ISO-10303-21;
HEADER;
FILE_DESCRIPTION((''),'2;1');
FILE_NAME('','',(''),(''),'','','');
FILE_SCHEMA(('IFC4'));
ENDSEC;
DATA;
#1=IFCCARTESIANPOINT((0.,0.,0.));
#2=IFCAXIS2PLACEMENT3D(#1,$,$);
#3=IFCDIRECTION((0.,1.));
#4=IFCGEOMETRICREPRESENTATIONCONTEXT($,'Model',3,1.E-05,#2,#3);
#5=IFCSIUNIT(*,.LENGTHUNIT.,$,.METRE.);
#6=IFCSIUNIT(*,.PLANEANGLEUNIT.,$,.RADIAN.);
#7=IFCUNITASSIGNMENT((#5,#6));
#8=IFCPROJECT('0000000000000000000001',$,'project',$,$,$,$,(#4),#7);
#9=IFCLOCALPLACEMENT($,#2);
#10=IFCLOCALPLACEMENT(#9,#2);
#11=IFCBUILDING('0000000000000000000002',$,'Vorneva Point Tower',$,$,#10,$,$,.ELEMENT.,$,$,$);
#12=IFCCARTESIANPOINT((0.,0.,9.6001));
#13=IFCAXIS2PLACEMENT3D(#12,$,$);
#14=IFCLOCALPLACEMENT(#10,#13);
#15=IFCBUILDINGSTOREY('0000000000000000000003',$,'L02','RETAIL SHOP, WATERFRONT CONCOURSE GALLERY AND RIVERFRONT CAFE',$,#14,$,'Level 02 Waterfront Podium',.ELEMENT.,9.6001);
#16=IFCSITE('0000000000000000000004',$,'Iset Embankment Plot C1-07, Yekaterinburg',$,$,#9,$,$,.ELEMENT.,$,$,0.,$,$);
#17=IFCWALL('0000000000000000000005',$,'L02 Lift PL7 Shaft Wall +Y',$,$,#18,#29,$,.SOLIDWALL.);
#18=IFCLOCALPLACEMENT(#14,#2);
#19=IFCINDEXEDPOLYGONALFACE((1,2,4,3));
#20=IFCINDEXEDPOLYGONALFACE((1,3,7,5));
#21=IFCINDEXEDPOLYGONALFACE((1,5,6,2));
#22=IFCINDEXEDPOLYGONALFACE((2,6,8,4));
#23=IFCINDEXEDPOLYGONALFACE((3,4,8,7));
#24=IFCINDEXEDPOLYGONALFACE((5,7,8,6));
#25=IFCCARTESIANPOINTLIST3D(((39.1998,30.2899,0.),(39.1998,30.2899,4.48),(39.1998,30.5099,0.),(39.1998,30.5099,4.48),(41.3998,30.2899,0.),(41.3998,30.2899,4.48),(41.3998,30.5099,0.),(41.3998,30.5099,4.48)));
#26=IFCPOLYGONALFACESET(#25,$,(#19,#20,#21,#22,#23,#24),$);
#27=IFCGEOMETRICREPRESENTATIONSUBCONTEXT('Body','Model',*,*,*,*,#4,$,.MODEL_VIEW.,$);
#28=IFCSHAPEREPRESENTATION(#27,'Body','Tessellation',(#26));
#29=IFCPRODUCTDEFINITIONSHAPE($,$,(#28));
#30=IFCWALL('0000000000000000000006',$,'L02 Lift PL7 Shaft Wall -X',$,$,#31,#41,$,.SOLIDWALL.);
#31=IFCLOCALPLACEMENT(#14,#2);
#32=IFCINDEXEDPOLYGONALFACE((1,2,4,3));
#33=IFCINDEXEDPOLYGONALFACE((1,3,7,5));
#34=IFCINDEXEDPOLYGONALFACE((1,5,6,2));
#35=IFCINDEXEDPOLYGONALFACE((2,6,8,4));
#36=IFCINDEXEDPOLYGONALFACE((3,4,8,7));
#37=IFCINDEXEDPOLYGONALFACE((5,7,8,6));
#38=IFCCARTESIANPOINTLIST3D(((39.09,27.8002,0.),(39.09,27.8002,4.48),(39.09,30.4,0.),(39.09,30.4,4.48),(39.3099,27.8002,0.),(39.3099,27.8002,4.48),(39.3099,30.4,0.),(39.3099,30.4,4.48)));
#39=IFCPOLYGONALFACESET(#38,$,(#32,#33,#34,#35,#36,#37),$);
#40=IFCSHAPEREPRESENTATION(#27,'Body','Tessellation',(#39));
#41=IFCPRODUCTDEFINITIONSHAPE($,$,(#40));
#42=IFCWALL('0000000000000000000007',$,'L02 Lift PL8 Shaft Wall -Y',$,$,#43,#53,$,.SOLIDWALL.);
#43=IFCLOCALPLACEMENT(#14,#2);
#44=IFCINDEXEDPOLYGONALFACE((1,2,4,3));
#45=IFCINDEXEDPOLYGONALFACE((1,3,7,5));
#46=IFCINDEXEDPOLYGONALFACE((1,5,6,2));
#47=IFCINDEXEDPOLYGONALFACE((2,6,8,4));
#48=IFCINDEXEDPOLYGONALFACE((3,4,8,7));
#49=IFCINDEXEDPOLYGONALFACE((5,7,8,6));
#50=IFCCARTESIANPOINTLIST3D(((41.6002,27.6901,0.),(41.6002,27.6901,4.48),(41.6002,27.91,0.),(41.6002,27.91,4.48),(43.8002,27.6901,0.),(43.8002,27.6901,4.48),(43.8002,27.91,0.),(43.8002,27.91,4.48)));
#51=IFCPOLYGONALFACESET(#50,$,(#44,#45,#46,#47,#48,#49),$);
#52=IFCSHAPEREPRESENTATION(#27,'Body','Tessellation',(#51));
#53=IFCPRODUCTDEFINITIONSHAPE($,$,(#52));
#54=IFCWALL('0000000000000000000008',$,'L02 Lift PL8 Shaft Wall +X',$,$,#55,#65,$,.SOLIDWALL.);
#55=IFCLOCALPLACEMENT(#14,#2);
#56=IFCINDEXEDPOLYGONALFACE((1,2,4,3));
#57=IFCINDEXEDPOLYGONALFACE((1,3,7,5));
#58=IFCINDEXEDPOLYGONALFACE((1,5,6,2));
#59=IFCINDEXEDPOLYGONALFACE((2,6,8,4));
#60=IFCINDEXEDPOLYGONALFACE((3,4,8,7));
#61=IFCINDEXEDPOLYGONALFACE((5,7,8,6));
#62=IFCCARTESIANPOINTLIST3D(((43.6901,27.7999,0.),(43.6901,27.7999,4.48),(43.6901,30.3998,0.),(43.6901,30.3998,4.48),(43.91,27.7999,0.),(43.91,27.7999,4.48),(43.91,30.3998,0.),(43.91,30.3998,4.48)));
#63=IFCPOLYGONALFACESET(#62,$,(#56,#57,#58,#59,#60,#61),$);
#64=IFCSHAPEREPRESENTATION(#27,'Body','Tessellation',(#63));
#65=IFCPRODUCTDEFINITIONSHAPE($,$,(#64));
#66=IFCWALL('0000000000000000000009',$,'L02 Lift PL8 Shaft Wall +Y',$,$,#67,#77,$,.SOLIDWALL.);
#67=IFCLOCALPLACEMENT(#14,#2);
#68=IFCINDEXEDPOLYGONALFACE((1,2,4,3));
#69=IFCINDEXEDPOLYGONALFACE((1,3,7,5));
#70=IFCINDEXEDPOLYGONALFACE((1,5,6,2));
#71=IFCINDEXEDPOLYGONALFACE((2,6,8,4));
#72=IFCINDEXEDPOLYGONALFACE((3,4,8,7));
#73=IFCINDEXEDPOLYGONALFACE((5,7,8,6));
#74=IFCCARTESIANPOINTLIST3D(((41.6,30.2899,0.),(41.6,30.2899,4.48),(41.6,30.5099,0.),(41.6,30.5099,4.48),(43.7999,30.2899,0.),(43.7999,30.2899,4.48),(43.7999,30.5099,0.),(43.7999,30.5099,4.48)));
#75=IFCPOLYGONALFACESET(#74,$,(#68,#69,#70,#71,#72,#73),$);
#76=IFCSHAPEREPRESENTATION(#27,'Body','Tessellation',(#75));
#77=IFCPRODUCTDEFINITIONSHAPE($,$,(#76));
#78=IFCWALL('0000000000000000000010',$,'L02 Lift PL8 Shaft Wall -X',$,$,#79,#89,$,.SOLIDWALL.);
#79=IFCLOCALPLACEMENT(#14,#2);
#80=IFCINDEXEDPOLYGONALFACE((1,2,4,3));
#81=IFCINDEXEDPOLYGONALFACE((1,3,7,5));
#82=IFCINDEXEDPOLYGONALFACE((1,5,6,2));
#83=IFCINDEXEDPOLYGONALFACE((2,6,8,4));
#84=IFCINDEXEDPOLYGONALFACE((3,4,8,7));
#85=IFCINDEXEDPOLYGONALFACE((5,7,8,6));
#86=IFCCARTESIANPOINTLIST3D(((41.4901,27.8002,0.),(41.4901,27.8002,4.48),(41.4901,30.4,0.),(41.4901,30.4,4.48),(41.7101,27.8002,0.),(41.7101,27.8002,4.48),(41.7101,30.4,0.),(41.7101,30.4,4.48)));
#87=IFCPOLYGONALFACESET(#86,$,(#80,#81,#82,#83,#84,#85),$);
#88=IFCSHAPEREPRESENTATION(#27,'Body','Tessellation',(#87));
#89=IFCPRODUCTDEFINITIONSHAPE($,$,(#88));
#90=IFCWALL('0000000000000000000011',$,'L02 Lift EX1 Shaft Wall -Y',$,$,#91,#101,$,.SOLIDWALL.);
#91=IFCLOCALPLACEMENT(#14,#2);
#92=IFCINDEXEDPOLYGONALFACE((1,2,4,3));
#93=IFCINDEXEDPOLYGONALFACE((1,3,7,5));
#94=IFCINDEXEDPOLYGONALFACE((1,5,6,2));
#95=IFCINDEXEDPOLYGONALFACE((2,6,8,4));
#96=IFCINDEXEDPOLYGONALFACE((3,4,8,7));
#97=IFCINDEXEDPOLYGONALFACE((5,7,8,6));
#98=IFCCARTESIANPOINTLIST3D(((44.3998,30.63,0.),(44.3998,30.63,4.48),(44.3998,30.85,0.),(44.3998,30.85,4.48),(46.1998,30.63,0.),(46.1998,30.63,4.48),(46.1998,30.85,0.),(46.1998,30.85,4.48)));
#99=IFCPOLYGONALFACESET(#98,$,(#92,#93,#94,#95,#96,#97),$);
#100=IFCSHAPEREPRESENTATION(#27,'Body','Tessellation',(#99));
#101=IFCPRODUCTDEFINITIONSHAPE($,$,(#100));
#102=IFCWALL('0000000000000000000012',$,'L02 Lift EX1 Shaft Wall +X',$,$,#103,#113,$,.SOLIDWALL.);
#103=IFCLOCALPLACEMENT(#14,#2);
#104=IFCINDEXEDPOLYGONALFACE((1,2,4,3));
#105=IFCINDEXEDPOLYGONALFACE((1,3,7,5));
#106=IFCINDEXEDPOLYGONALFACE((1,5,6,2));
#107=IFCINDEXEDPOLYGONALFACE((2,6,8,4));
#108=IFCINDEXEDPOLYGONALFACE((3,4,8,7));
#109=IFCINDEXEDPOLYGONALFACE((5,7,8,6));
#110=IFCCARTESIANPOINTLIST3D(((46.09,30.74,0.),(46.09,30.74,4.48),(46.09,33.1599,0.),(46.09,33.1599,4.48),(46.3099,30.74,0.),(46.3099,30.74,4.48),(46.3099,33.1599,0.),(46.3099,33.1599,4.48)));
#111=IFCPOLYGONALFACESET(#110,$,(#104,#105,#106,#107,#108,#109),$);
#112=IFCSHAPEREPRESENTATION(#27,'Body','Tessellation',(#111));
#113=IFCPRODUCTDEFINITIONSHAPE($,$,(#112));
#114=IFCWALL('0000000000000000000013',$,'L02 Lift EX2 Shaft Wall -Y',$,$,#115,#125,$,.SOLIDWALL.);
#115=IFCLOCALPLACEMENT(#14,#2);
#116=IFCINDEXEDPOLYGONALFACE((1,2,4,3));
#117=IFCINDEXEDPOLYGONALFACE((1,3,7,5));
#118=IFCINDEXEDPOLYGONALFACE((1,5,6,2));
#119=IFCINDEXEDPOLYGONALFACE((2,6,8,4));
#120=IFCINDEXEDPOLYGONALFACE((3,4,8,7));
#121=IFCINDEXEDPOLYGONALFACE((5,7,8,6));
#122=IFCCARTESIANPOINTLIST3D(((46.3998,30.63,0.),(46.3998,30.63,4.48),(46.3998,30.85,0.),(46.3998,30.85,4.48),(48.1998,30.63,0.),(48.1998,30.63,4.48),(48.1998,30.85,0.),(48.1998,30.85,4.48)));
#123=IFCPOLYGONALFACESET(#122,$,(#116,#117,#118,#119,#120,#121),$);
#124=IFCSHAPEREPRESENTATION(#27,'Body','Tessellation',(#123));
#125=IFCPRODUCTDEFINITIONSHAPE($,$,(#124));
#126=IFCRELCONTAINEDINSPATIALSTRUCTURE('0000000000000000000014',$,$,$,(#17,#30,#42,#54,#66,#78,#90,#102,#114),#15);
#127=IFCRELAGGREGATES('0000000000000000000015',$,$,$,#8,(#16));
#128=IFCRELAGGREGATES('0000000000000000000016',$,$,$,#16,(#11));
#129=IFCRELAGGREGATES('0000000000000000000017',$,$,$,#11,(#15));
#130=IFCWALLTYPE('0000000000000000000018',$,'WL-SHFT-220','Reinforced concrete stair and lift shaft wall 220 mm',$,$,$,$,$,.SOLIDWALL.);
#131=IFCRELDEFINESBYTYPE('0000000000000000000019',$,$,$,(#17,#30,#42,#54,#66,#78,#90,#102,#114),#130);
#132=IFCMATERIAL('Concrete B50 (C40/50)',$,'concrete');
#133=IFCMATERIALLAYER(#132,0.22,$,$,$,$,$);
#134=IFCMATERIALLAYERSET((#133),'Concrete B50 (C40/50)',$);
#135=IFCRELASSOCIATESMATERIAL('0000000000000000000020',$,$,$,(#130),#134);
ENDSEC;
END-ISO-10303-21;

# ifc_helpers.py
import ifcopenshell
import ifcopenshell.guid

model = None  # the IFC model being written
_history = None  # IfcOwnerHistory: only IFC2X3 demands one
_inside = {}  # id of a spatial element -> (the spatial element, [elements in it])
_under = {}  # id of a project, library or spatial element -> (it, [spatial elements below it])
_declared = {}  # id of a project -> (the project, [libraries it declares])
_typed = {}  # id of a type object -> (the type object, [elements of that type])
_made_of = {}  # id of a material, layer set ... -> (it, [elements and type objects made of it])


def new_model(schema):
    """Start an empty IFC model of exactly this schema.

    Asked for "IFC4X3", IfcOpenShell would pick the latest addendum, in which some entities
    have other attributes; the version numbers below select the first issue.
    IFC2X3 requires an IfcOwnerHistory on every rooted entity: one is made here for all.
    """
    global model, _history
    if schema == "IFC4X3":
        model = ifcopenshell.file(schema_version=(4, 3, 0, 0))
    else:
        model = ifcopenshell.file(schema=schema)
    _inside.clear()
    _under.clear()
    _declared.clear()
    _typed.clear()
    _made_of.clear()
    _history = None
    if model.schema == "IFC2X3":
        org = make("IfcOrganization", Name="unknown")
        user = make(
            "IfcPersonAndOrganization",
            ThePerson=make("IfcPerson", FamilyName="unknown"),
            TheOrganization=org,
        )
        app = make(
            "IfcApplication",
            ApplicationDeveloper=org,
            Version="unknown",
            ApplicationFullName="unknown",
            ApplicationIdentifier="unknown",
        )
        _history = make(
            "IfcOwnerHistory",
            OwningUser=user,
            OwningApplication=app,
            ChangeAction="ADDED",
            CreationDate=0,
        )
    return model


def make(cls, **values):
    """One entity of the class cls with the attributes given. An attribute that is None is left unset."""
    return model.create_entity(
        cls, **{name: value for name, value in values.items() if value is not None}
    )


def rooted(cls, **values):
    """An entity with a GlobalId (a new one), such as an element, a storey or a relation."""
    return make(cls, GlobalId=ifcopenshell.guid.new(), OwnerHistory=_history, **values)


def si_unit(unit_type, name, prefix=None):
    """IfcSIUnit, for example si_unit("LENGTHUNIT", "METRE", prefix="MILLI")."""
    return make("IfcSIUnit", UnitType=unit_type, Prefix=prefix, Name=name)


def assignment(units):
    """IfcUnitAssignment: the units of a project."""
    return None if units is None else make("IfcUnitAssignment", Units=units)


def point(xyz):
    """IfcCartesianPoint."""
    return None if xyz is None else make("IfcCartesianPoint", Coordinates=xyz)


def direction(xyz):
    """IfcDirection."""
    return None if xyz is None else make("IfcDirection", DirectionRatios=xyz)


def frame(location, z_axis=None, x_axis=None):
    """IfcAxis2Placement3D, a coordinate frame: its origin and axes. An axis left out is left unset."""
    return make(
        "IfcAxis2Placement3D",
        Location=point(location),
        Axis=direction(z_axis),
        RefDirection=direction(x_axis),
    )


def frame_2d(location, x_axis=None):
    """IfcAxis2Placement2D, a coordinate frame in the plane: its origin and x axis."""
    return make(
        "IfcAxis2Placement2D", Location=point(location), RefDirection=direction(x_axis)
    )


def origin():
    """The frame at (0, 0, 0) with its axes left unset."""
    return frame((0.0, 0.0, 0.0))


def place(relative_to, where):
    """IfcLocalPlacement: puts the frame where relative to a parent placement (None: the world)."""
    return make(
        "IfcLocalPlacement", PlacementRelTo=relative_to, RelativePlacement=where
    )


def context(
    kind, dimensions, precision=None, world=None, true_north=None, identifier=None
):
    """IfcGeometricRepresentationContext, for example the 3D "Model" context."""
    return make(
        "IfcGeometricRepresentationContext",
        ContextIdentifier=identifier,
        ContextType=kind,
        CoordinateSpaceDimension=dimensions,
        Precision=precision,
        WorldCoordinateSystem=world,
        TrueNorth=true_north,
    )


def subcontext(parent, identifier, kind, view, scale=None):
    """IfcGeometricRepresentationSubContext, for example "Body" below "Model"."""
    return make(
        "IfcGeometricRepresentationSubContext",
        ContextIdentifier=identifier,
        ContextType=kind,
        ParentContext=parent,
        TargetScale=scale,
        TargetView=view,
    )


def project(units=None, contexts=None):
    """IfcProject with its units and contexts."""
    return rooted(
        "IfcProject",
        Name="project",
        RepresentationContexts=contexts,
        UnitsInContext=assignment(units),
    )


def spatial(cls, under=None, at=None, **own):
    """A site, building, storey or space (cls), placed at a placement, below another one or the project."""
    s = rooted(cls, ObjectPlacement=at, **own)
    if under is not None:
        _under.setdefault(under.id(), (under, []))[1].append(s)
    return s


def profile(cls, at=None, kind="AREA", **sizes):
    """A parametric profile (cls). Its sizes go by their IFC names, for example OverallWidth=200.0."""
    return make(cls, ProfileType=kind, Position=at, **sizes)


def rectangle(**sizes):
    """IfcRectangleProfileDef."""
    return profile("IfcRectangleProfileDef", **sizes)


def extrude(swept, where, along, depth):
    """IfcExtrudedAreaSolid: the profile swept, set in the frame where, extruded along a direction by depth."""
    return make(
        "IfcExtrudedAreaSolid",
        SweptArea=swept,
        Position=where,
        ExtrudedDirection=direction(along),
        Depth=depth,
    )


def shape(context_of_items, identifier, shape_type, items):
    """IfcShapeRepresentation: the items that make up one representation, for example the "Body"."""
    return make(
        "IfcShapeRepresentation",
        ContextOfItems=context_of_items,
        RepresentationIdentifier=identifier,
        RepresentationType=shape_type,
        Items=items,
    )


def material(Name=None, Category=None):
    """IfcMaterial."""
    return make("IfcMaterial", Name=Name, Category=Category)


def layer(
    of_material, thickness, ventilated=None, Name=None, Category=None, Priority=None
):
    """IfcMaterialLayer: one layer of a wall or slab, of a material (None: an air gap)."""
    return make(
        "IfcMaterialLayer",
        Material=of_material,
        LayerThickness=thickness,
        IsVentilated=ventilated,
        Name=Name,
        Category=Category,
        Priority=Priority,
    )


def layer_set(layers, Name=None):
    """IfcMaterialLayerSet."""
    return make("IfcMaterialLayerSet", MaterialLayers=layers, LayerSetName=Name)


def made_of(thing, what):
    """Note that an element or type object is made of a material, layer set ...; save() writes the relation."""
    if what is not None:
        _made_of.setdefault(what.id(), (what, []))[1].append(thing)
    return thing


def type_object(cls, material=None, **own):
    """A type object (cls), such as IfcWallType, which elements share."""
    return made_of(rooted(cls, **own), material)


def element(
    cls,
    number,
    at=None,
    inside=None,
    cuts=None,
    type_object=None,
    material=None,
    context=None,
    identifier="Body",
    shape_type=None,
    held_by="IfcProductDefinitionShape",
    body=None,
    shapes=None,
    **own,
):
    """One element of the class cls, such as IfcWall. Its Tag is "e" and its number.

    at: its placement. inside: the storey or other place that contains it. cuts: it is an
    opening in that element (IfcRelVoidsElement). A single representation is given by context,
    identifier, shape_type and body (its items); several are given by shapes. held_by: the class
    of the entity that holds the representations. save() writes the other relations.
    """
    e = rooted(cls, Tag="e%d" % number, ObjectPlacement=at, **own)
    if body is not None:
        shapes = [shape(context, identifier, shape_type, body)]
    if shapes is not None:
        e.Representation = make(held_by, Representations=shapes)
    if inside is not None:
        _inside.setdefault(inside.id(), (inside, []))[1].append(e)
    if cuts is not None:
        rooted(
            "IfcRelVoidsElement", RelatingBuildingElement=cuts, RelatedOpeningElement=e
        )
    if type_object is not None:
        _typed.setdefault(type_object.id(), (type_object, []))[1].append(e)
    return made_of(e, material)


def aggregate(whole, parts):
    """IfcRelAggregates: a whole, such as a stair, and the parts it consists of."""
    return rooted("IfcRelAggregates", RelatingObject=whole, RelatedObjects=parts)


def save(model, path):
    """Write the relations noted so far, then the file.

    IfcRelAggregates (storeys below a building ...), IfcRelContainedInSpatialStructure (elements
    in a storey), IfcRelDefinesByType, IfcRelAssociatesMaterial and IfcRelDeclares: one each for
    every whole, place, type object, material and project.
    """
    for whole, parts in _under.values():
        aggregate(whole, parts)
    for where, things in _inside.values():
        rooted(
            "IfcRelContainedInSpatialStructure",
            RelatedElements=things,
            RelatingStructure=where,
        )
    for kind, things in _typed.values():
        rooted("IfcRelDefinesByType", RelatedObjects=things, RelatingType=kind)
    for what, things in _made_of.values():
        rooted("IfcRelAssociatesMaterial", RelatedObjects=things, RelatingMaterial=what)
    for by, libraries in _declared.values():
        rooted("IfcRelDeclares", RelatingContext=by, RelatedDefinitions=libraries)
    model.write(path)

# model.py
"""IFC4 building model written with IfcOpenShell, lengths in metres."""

from ifc_helpers import new_model, si_unit, direction, frame, frame_2d, origin, place, context, subcontext, project, spatial, rectangle, extrude, material, layer, layer_set, type_object, element, save


model = new_model("IFC4")

# Units and contexts
model_context = context("Model", 3, precision=1e-05, world=origin(), true_north=direction((0.0, 1.0)))
body_context = subcontext(model_context, "Body", "Model", "MODEL_VIEW")
ifc_project = project(units=[si_unit("LENGTHUNIT", "METRE"), si_unit("PLANEANGLEUNIT", "RADIAN")], contexts=[model_context])

# Site, building, storey
site_placement = place(None, origin())
site = spatial("IfcSite", under=ifc_project, at=site_placement, Name="Iset Embankment Plot C1-07, Yekaterinburg", CompositionType="ELEMENT", RefElevation=0.0)
building_placement = place(site_placement, origin())
building = spatial("IfcBuilding", under=site, at=building_placement, Name="Vorneva Point Tower", CompositionType="ELEMENT")
storey_placement = place(building_placement, frame((0.0, 0.0, 9.6001)))
storey = spatial("IfcBuildingStorey", under=building, at=storey_placement, Name="L02", Description="RETAIL SHOP, WATERFRONT CONCOURSE GALLERY AND RIVERFRONT CAFE", LongName="Level 02 Waterfront Podium", CompositionType="ELEMENT", Elevation=9.6001)

# Walls
ifc_material_1 = material(Name="Concrete B50 (C40/50)", Category="concrete")
ifc_layer_1 = layer(ifc_material_1, 0.22)
ifc_layer_set_1 = layer_set([ifc_layer_1], Name="Concrete B50 (C40/50)")
wall_type_1 = type_object("IfcWallType", Name="WL-SHFT-220", Description="Reinforced concrete stair and lift shaft wall 220 mm", PredefinedType="SOLIDWALL", material=ifc_layer_set_1)
wall_1_placement = place(storey_placement, frame((41.3999, 30.3999, 0.0), z_axis=(0.0, 0.0, 1.0), x_axis=(-1.0, 0.0, 0.0)))
element("IfcWall", 1, at=wall_1_placement, inside=storey, type_object=wall_type_1, Name="L02 Lift PL7 Shaft Wall +Y", PredefinedType="SOLIDWALL", context=body_context, shape_type="SweptSolid", body=[
    extrude(rectangle(XDim=2.2, YDim=0.22, at=frame_2d((1.1001, 0.0))), origin(), (0.0, 0.0, 1.0), 4.48),
])
wall_2_placement = place(storey_placement, frame((39.2, 30.3999, 0.0), z_axis=(0.0, 0.0, 1.0), x_axis=(0.0, -1.0, 0.0)))
element("IfcWall", 2, at=wall_2_placement, inside=storey, type_object=wall_type_1, Name="L02 Lift PL7 Shaft Wall -X", PredefinedType="SOLIDWALL", context=body_context, shape_type="SweptSolid", body=[
    extrude(rectangle(XDim=2.5999, YDim=0.22, at=frame_2d((1.2998, 0.0))), origin(), (0.0, 0.0, 1.0), 4.48),
])
wall_3_placement = place(storey_placement, frame((41.6001, 27.8, 0.0), z_axis=(0.0, 0.0, 1.0), x_axis=(1.0, 0.0, 0.0)))
element("IfcWall", 3, at=wall_3_placement, inside=storey, type_object=wall_type_1, Name="L02 Lift PL8 Shaft Wall -Y", PredefinedType="SOLIDWALL", context=body_context, shape_type="SweptSolid", body=[
    extrude(rectangle(XDim=2.2, YDim=0.22, at=frame_2d((1.1001, 0.0))), origin(), (0.0, 0.0, 1.0), 4.48),
])
wall_4_placement = place(storey_placement, frame((43.8, 27.8, 0.0), z_axis=(0.0, 0.0, 1.0), x_axis=(0.0, 1.0, 0.0)))
element("IfcWall", 4, at=wall_4_placement, inside=storey, type_object=wall_type_1, Name="L02 Lift PL8 Shaft Wall +X", PredefinedType="SOLIDWALL", context=body_context, shape_type="SweptSolid", body=[
    extrude(rectangle(XDim=2.5999, YDim=0.22, at=frame_2d((1.2998, 0.0))), origin(), (0.0, 0.0, 1.0), 4.48),
])
wall_5_placement = place(storey_placement, frame((43.8, 30.3999, 0.0), z_axis=(0.0, 0.0, 1.0), x_axis=(-1.0, 0.0, 0.0)))
element("IfcWall", 5, at=wall_5_placement, inside=storey, type_object=wall_type_1, Name="L02 Lift PL8 Shaft Wall +Y", PredefinedType="SOLIDWALL", context=body_context, shape_type="SweptSolid", body=[
    extrude(rectangle(XDim=2.2, YDim=0.22, at=frame_2d((1.1001, 0.0))), origin(), (0.0, 0.0, 1.0), 4.48),
])
wall_6_placement = place(storey_placement, frame((41.6001, 30.3999, 0.0), z_axis=(0.0, 0.0, 1.0), x_axis=(0.0, -1.0, 0.0)))
element("IfcWall", 6, at=wall_6_placement, inside=storey, type_object=wall_type_1, Name="L02 Lift PL8 Shaft Wall -X", PredefinedType="SOLIDWALL", context=body_context, shape_type="SweptSolid", body=[
    extrude(rectangle(XDim=2.5999, YDim=0.22, at=frame_2d((1.2998, 0.0))), origin(), (0.0, 0.0, 1.0), 4.48),
])
wall_7_placement = place(storey_placement, frame((44.3999, 30.74, 0.0), z_axis=(0.0, 0.0, 1.0), x_axis=(1.0, 0.0, 0.0)))
element("IfcWall", 7, at=wall_7_placement, inside=storey, type_object=wall_type_1, Name="L02 Lift EX1 Shaft Wall -Y", PredefinedType="SOLIDWALL", context=body_context, shape_type="SweptSolid", body=[
    extrude(rectangle(XDim=1.8, YDim=0.22, at=frame_2d((0.8999, 0.0))), origin(), (0.0, 0.0, 1.0), 4.48),
])
wall_8_placement = place(storey_placement, frame((46.2, 30.74, 0.0), z_axis=(0.0, 0.0, 1.0), x_axis=(0.0, 1.0, 0.0)))
element("IfcWall", 8, at=wall_8_placement, inside=storey, type_object=wall_type_1, Name="L02 Lift EX1 Shaft Wall +X", PredefinedType="SOLIDWALL", context=body_context, shape_type="SweptSolid", body=[
    extrude(rectangle(XDim=2.4199, YDim=0.22, at=frame_2d((1.21, 0.0))), origin(), (0.0, 0.0, 1.0), 4.48),
])
wall_9_placement = place(storey_placement, frame((46.3999, 30.74, 0.0), z_axis=(0.0, 0.0, 1.0), x_axis=(1.0, 0.0, 0.0)))
element("IfcWall", 9, at=wall_9_placement, inside=storey, type_object=wall_type_1, Name="L02 Lift EX2 Shaft Wall -Y", PredefinedType="SOLIDWALL", context=body_context, shape_type="SweptSolid", body=[
    extrude(rectangle(XDim=1.8, YDim=0.22, at=frame_2d((0.8999, 0.0))), origin(), (0.0, 0.0, 1.0), 4.48),
])

save(model, "model.ifc")
